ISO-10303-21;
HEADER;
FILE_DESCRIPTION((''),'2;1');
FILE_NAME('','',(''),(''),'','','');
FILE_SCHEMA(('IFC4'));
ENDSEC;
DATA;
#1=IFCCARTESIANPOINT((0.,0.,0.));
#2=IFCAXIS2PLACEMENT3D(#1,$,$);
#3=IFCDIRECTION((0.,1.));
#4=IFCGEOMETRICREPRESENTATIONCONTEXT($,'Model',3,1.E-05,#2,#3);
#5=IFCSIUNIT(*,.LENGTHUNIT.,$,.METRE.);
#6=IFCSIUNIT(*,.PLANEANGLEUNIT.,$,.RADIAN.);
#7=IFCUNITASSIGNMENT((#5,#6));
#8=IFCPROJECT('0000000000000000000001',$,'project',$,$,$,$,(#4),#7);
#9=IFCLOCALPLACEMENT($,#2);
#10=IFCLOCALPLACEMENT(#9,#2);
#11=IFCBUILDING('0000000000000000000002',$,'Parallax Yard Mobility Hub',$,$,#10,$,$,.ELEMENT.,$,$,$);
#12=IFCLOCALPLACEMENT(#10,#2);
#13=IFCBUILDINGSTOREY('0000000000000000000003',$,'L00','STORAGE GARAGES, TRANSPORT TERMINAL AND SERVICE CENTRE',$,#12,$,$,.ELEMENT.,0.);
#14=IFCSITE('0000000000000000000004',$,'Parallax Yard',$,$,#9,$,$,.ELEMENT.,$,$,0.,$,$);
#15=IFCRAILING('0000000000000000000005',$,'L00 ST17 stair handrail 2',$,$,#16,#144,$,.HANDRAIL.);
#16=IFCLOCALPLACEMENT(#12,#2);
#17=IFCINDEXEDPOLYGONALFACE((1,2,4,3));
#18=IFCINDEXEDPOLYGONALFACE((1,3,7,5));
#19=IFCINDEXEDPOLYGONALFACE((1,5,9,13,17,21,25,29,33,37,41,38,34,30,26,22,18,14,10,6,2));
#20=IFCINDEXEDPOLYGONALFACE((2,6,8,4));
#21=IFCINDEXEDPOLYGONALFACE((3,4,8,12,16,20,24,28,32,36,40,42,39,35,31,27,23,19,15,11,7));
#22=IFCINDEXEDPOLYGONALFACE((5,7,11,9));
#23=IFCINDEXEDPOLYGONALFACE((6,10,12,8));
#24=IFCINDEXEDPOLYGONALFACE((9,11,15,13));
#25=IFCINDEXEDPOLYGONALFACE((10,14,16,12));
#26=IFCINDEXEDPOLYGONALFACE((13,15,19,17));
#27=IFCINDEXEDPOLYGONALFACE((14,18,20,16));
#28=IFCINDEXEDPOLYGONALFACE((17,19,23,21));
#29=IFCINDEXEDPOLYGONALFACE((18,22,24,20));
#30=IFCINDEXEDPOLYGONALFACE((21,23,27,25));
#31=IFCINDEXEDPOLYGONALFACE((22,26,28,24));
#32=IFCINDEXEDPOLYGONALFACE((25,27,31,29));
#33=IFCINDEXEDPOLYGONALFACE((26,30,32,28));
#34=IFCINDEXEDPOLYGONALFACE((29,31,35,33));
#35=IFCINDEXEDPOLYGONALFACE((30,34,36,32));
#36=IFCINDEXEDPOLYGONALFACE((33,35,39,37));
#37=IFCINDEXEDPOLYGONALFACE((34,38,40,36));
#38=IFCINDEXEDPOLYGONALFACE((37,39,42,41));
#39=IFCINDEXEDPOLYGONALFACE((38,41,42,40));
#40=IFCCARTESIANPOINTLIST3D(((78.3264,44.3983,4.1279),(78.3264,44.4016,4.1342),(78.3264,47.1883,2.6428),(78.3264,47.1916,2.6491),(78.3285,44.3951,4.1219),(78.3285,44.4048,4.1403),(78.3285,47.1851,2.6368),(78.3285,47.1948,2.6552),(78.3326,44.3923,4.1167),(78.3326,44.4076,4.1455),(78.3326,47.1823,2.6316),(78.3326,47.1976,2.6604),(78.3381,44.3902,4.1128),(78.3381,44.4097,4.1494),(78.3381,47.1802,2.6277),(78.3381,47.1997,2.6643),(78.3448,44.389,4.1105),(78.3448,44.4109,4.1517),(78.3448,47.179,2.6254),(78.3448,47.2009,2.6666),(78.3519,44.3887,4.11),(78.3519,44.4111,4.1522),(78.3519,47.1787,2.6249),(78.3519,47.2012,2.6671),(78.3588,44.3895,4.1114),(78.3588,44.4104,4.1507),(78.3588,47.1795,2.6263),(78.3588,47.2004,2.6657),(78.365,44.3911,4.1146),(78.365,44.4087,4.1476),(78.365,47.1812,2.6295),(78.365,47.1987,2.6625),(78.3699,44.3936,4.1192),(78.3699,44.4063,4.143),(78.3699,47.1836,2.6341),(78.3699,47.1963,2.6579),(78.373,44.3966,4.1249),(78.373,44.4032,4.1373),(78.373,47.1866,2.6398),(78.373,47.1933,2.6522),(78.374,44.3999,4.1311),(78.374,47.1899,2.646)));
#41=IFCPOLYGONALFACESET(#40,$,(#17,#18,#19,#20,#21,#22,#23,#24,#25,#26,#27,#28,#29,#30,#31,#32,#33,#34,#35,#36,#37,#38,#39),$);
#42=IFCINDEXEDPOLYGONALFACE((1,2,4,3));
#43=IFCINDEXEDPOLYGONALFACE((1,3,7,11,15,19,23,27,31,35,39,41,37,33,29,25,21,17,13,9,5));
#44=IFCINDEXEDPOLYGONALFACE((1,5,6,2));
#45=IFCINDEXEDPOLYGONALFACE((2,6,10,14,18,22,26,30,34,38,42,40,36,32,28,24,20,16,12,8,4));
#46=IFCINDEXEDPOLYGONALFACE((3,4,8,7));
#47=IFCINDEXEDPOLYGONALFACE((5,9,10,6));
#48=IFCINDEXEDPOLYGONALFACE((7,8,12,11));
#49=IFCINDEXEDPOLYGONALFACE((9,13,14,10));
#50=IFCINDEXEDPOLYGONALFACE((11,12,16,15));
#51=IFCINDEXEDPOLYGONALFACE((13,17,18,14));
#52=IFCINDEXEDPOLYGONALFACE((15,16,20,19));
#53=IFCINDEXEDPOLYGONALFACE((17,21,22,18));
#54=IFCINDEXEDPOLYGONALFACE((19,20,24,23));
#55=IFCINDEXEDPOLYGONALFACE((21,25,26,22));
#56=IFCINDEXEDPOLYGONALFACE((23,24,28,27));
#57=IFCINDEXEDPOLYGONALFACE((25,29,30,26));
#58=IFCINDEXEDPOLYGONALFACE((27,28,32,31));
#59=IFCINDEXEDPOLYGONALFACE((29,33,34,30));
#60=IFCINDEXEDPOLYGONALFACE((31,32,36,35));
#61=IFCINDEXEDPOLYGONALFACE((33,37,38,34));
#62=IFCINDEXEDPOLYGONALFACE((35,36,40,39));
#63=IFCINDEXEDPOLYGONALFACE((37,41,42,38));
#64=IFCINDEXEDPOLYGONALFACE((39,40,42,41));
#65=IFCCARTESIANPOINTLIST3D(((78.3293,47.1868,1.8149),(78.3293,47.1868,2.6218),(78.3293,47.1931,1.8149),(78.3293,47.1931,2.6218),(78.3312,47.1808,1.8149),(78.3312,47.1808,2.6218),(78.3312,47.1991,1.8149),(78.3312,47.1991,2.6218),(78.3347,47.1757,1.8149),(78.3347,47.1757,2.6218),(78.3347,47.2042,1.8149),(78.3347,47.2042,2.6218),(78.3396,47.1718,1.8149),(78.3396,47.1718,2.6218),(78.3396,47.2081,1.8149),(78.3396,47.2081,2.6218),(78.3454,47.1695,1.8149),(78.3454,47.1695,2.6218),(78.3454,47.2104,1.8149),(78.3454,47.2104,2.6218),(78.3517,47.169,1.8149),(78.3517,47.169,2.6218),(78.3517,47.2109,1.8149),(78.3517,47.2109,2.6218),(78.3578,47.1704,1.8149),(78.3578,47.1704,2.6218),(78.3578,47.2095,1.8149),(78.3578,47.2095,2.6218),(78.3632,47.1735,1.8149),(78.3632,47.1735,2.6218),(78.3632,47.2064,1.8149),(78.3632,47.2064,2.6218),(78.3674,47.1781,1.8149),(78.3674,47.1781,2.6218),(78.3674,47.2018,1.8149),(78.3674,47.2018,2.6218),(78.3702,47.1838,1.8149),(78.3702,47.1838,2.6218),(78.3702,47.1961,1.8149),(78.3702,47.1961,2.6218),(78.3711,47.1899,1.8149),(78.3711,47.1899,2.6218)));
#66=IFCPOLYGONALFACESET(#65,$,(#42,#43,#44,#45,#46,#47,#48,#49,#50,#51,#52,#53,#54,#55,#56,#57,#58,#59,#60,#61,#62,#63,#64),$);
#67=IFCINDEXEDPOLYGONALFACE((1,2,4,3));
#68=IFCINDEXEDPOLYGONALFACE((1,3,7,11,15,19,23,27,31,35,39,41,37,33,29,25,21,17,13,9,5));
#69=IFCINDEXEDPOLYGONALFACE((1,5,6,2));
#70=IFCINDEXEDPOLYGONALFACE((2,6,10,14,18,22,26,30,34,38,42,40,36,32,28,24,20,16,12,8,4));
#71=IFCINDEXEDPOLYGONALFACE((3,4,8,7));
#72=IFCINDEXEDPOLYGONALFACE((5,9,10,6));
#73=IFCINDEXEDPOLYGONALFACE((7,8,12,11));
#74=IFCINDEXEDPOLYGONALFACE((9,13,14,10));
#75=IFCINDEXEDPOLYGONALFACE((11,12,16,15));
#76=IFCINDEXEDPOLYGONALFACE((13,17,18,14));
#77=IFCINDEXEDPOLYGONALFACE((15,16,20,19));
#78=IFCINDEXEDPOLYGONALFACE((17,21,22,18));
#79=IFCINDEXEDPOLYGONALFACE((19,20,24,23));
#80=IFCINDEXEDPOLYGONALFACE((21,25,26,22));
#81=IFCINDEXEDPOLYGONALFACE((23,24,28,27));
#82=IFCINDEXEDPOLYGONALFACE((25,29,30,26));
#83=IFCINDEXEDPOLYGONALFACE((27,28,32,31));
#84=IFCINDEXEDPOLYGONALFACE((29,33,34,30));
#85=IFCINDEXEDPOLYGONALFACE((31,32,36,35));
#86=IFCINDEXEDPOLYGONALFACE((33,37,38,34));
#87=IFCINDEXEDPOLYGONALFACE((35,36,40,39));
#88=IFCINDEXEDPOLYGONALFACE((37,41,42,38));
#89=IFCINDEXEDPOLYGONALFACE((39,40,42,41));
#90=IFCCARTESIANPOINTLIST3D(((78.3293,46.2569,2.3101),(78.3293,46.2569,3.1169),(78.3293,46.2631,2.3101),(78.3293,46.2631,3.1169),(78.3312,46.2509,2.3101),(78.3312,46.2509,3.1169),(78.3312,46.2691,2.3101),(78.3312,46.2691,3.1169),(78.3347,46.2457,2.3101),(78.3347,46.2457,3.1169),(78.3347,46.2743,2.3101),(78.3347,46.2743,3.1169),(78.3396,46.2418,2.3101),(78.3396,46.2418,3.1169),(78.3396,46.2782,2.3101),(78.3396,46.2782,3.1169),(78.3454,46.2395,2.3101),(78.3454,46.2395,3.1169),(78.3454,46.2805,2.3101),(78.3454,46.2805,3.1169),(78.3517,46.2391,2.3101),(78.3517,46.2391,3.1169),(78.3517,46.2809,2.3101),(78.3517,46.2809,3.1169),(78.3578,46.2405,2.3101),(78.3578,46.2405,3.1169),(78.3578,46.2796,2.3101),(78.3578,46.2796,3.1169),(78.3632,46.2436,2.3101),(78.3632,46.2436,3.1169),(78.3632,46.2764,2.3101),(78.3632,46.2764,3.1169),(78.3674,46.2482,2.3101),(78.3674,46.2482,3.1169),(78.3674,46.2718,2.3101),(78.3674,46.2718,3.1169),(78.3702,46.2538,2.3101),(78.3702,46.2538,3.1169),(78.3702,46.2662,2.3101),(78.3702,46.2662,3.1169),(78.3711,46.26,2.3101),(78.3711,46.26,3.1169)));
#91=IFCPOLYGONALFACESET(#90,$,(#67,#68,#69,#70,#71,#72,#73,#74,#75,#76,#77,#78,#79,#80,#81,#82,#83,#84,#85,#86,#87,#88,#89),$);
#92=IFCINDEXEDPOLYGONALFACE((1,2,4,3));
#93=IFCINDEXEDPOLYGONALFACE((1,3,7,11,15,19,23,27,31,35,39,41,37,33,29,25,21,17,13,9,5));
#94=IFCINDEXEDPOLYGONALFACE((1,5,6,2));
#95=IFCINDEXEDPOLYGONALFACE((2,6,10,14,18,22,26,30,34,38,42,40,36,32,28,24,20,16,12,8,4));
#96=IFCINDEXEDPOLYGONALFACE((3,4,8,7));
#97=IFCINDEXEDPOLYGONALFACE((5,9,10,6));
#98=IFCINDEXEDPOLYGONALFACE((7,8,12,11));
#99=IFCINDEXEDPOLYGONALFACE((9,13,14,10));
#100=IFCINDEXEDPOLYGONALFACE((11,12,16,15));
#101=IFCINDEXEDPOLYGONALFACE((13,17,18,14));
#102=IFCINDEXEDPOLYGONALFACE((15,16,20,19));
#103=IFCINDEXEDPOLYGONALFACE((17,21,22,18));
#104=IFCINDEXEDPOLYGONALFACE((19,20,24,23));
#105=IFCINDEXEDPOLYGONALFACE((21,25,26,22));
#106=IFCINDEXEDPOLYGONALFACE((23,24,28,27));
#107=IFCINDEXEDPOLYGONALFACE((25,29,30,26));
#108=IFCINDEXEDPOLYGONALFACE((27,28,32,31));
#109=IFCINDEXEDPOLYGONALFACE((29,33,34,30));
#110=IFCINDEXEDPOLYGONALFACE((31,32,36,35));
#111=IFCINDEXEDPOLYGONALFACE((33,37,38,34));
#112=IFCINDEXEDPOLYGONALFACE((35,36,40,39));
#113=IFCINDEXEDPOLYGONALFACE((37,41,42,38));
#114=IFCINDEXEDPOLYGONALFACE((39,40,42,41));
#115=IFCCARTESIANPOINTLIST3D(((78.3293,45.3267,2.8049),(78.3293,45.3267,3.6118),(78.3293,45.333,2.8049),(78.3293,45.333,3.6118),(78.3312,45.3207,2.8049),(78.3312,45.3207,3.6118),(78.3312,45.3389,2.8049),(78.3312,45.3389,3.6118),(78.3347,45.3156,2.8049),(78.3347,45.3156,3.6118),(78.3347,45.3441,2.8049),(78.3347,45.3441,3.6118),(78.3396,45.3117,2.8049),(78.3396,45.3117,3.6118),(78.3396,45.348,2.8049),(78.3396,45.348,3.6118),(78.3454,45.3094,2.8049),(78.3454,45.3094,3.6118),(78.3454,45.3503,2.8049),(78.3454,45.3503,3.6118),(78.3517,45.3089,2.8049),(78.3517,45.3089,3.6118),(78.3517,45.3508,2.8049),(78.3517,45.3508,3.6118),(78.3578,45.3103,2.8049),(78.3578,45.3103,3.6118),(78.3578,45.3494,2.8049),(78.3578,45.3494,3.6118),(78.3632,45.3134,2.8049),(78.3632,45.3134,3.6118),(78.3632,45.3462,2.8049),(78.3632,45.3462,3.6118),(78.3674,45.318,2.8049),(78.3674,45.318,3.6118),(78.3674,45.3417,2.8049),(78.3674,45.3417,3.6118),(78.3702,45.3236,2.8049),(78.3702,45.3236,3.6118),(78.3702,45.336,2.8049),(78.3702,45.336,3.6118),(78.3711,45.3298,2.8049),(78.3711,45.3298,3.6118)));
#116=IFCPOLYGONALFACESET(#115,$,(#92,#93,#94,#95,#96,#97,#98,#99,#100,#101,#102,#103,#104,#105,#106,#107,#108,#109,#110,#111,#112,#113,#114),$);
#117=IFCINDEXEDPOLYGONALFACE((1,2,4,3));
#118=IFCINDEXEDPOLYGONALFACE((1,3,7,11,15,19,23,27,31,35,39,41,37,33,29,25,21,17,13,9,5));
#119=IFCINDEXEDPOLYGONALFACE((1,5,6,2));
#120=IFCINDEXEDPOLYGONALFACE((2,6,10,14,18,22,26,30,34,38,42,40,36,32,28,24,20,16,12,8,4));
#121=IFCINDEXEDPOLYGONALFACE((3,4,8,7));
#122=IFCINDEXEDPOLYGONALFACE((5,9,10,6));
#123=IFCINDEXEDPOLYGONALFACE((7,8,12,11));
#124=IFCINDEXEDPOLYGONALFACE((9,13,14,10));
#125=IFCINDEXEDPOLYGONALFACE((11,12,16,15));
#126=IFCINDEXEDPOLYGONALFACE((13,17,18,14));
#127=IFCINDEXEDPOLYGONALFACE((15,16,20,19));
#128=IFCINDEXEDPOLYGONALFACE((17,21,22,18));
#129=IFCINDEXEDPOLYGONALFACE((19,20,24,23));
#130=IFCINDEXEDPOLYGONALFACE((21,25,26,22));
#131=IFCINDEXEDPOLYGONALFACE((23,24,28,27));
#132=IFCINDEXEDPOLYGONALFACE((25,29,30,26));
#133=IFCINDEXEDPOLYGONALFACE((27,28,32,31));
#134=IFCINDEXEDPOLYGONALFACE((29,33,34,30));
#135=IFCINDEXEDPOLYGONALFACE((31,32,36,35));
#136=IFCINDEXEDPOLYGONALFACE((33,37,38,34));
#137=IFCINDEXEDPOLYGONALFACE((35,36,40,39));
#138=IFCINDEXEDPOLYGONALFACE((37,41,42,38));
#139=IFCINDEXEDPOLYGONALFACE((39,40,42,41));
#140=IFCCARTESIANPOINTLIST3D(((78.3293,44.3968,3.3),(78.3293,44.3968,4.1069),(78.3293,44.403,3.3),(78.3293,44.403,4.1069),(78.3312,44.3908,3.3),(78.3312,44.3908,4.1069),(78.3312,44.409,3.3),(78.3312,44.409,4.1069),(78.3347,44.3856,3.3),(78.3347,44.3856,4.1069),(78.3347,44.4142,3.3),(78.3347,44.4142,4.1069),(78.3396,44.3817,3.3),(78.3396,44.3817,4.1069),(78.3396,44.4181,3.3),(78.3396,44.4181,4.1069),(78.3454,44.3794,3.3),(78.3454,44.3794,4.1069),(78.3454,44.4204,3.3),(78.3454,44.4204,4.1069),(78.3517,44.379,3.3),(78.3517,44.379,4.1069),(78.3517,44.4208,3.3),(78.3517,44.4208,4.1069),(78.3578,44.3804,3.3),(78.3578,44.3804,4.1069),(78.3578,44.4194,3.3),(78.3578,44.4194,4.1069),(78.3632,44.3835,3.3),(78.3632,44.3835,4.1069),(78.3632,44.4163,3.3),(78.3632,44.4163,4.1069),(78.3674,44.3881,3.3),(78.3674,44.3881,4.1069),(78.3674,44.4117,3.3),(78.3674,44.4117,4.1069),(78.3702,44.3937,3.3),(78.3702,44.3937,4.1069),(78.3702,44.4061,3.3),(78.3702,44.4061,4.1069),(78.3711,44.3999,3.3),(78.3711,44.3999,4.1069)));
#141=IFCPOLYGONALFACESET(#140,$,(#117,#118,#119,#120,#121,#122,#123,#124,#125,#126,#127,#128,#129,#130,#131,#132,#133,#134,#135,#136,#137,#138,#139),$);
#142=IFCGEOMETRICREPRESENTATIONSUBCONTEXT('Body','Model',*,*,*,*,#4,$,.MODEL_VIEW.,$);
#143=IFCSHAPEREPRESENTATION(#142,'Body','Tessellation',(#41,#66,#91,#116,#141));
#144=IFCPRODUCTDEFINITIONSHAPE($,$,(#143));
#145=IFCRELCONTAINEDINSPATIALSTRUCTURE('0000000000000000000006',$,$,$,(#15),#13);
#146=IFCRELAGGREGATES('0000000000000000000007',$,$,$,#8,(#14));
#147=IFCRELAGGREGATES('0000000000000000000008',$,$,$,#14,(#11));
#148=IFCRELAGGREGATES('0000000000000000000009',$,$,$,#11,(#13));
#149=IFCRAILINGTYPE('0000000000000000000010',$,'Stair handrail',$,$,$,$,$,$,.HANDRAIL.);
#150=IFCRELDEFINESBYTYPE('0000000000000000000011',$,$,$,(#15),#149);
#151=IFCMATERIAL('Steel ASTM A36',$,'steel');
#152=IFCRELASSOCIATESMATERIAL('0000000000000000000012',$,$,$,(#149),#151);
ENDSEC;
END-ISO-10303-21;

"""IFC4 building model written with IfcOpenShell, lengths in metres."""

from ifc_helpers import new_model, si_unit, direction, frame, origin, origin_2d, place, context, subcontext, project, spatial, circle, extrude, material, type_object, element, save


model = new_model("IFC4")

# Units and contexts
model_context = context("Model", 3, precision=1e-05, world=origin(), true_north=direction((0.0, 1.0)))
body_context = subcontext(model_context, "Body", "Model", "MODEL_VIEW")
ifc_project = project(units=[si_unit("LENGTHUNIT", "METRE"), si_unit("PLANEANGLEUNIT", "RADIAN")], contexts=[model_context])

# Site, building, storey
site_placement = place(None, origin())
site = spatial("IfcSite", under=ifc_project, at=site_placement, Name="Parallax Yard", CompositionType="ELEMENT", RefElevation=0.0)
building_placement = place(site_placement, origin())
building = spatial("IfcBuilding", under=site, at=building_placement, Name="Parallax Yard Mobility Hub", CompositionType="ELEMENT")
storey_placement = place(building_placement, origin())
storey = spatial("IfcBuildingStorey", under=building, at=storey_placement, Name="L00", Description="STORAGE GARAGES, TRANSPORT TERMINAL AND SERVICE CENTRE", CompositionType="ELEMENT", Elevation=0.0)

# Railing
ifc_material_1 = material(Name="Steel ASTM A36", Category="steel")
railing_type_1 = type_object("IfcRailingType", Name="Stair handrail", PredefinedType="HANDRAIL", material=ifc_material_1)
railing_1_placement = place(storey_placement, frame((78.3501, 47.1899, 1.8149)))
element("IfcRailing", 1, at=railing_1_placement, inside=storey, type_object=railing_type_1, Name="L00 ST17 stair handrail 2", PredefinedType="HANDRAIL", context=body_context, shape_type="SweptSolid", body=[
    extrude(circle(Radius=0.0239, at=origin_2d()), frame((0.0, 0.0, 0.8311), z_axis=(0.0, -0.882735, 0.46987), x_axis=(1.0, 0.0, 0.0)), (0.0, 0.0, 1.0), 3.1606),
    extrude(circle(Radius=0.021, at=origin_2d()), origin(), (0.0, 0.0, 1.0), 0.8069),
    extrude(circle(Radius=0.021, at=origin_2d()), frame((0.0, -0.9299, 0.4951)), (0.0, 0.0, 1.0), 0.8069),
    extrude(circle(Radius=0.021, at=origin_2d()), frame((0.0, -1.8601, 0.99)), (0.0, 0.0, 1.0), 0.8069),
    extrude(circle(Radius=0.021, at=origin_2d()), frame((0.0, -2.79, 1.4851)), (0.0, 0.0, 1.0), 0.8069),
])

save(model, "model.ifc")
